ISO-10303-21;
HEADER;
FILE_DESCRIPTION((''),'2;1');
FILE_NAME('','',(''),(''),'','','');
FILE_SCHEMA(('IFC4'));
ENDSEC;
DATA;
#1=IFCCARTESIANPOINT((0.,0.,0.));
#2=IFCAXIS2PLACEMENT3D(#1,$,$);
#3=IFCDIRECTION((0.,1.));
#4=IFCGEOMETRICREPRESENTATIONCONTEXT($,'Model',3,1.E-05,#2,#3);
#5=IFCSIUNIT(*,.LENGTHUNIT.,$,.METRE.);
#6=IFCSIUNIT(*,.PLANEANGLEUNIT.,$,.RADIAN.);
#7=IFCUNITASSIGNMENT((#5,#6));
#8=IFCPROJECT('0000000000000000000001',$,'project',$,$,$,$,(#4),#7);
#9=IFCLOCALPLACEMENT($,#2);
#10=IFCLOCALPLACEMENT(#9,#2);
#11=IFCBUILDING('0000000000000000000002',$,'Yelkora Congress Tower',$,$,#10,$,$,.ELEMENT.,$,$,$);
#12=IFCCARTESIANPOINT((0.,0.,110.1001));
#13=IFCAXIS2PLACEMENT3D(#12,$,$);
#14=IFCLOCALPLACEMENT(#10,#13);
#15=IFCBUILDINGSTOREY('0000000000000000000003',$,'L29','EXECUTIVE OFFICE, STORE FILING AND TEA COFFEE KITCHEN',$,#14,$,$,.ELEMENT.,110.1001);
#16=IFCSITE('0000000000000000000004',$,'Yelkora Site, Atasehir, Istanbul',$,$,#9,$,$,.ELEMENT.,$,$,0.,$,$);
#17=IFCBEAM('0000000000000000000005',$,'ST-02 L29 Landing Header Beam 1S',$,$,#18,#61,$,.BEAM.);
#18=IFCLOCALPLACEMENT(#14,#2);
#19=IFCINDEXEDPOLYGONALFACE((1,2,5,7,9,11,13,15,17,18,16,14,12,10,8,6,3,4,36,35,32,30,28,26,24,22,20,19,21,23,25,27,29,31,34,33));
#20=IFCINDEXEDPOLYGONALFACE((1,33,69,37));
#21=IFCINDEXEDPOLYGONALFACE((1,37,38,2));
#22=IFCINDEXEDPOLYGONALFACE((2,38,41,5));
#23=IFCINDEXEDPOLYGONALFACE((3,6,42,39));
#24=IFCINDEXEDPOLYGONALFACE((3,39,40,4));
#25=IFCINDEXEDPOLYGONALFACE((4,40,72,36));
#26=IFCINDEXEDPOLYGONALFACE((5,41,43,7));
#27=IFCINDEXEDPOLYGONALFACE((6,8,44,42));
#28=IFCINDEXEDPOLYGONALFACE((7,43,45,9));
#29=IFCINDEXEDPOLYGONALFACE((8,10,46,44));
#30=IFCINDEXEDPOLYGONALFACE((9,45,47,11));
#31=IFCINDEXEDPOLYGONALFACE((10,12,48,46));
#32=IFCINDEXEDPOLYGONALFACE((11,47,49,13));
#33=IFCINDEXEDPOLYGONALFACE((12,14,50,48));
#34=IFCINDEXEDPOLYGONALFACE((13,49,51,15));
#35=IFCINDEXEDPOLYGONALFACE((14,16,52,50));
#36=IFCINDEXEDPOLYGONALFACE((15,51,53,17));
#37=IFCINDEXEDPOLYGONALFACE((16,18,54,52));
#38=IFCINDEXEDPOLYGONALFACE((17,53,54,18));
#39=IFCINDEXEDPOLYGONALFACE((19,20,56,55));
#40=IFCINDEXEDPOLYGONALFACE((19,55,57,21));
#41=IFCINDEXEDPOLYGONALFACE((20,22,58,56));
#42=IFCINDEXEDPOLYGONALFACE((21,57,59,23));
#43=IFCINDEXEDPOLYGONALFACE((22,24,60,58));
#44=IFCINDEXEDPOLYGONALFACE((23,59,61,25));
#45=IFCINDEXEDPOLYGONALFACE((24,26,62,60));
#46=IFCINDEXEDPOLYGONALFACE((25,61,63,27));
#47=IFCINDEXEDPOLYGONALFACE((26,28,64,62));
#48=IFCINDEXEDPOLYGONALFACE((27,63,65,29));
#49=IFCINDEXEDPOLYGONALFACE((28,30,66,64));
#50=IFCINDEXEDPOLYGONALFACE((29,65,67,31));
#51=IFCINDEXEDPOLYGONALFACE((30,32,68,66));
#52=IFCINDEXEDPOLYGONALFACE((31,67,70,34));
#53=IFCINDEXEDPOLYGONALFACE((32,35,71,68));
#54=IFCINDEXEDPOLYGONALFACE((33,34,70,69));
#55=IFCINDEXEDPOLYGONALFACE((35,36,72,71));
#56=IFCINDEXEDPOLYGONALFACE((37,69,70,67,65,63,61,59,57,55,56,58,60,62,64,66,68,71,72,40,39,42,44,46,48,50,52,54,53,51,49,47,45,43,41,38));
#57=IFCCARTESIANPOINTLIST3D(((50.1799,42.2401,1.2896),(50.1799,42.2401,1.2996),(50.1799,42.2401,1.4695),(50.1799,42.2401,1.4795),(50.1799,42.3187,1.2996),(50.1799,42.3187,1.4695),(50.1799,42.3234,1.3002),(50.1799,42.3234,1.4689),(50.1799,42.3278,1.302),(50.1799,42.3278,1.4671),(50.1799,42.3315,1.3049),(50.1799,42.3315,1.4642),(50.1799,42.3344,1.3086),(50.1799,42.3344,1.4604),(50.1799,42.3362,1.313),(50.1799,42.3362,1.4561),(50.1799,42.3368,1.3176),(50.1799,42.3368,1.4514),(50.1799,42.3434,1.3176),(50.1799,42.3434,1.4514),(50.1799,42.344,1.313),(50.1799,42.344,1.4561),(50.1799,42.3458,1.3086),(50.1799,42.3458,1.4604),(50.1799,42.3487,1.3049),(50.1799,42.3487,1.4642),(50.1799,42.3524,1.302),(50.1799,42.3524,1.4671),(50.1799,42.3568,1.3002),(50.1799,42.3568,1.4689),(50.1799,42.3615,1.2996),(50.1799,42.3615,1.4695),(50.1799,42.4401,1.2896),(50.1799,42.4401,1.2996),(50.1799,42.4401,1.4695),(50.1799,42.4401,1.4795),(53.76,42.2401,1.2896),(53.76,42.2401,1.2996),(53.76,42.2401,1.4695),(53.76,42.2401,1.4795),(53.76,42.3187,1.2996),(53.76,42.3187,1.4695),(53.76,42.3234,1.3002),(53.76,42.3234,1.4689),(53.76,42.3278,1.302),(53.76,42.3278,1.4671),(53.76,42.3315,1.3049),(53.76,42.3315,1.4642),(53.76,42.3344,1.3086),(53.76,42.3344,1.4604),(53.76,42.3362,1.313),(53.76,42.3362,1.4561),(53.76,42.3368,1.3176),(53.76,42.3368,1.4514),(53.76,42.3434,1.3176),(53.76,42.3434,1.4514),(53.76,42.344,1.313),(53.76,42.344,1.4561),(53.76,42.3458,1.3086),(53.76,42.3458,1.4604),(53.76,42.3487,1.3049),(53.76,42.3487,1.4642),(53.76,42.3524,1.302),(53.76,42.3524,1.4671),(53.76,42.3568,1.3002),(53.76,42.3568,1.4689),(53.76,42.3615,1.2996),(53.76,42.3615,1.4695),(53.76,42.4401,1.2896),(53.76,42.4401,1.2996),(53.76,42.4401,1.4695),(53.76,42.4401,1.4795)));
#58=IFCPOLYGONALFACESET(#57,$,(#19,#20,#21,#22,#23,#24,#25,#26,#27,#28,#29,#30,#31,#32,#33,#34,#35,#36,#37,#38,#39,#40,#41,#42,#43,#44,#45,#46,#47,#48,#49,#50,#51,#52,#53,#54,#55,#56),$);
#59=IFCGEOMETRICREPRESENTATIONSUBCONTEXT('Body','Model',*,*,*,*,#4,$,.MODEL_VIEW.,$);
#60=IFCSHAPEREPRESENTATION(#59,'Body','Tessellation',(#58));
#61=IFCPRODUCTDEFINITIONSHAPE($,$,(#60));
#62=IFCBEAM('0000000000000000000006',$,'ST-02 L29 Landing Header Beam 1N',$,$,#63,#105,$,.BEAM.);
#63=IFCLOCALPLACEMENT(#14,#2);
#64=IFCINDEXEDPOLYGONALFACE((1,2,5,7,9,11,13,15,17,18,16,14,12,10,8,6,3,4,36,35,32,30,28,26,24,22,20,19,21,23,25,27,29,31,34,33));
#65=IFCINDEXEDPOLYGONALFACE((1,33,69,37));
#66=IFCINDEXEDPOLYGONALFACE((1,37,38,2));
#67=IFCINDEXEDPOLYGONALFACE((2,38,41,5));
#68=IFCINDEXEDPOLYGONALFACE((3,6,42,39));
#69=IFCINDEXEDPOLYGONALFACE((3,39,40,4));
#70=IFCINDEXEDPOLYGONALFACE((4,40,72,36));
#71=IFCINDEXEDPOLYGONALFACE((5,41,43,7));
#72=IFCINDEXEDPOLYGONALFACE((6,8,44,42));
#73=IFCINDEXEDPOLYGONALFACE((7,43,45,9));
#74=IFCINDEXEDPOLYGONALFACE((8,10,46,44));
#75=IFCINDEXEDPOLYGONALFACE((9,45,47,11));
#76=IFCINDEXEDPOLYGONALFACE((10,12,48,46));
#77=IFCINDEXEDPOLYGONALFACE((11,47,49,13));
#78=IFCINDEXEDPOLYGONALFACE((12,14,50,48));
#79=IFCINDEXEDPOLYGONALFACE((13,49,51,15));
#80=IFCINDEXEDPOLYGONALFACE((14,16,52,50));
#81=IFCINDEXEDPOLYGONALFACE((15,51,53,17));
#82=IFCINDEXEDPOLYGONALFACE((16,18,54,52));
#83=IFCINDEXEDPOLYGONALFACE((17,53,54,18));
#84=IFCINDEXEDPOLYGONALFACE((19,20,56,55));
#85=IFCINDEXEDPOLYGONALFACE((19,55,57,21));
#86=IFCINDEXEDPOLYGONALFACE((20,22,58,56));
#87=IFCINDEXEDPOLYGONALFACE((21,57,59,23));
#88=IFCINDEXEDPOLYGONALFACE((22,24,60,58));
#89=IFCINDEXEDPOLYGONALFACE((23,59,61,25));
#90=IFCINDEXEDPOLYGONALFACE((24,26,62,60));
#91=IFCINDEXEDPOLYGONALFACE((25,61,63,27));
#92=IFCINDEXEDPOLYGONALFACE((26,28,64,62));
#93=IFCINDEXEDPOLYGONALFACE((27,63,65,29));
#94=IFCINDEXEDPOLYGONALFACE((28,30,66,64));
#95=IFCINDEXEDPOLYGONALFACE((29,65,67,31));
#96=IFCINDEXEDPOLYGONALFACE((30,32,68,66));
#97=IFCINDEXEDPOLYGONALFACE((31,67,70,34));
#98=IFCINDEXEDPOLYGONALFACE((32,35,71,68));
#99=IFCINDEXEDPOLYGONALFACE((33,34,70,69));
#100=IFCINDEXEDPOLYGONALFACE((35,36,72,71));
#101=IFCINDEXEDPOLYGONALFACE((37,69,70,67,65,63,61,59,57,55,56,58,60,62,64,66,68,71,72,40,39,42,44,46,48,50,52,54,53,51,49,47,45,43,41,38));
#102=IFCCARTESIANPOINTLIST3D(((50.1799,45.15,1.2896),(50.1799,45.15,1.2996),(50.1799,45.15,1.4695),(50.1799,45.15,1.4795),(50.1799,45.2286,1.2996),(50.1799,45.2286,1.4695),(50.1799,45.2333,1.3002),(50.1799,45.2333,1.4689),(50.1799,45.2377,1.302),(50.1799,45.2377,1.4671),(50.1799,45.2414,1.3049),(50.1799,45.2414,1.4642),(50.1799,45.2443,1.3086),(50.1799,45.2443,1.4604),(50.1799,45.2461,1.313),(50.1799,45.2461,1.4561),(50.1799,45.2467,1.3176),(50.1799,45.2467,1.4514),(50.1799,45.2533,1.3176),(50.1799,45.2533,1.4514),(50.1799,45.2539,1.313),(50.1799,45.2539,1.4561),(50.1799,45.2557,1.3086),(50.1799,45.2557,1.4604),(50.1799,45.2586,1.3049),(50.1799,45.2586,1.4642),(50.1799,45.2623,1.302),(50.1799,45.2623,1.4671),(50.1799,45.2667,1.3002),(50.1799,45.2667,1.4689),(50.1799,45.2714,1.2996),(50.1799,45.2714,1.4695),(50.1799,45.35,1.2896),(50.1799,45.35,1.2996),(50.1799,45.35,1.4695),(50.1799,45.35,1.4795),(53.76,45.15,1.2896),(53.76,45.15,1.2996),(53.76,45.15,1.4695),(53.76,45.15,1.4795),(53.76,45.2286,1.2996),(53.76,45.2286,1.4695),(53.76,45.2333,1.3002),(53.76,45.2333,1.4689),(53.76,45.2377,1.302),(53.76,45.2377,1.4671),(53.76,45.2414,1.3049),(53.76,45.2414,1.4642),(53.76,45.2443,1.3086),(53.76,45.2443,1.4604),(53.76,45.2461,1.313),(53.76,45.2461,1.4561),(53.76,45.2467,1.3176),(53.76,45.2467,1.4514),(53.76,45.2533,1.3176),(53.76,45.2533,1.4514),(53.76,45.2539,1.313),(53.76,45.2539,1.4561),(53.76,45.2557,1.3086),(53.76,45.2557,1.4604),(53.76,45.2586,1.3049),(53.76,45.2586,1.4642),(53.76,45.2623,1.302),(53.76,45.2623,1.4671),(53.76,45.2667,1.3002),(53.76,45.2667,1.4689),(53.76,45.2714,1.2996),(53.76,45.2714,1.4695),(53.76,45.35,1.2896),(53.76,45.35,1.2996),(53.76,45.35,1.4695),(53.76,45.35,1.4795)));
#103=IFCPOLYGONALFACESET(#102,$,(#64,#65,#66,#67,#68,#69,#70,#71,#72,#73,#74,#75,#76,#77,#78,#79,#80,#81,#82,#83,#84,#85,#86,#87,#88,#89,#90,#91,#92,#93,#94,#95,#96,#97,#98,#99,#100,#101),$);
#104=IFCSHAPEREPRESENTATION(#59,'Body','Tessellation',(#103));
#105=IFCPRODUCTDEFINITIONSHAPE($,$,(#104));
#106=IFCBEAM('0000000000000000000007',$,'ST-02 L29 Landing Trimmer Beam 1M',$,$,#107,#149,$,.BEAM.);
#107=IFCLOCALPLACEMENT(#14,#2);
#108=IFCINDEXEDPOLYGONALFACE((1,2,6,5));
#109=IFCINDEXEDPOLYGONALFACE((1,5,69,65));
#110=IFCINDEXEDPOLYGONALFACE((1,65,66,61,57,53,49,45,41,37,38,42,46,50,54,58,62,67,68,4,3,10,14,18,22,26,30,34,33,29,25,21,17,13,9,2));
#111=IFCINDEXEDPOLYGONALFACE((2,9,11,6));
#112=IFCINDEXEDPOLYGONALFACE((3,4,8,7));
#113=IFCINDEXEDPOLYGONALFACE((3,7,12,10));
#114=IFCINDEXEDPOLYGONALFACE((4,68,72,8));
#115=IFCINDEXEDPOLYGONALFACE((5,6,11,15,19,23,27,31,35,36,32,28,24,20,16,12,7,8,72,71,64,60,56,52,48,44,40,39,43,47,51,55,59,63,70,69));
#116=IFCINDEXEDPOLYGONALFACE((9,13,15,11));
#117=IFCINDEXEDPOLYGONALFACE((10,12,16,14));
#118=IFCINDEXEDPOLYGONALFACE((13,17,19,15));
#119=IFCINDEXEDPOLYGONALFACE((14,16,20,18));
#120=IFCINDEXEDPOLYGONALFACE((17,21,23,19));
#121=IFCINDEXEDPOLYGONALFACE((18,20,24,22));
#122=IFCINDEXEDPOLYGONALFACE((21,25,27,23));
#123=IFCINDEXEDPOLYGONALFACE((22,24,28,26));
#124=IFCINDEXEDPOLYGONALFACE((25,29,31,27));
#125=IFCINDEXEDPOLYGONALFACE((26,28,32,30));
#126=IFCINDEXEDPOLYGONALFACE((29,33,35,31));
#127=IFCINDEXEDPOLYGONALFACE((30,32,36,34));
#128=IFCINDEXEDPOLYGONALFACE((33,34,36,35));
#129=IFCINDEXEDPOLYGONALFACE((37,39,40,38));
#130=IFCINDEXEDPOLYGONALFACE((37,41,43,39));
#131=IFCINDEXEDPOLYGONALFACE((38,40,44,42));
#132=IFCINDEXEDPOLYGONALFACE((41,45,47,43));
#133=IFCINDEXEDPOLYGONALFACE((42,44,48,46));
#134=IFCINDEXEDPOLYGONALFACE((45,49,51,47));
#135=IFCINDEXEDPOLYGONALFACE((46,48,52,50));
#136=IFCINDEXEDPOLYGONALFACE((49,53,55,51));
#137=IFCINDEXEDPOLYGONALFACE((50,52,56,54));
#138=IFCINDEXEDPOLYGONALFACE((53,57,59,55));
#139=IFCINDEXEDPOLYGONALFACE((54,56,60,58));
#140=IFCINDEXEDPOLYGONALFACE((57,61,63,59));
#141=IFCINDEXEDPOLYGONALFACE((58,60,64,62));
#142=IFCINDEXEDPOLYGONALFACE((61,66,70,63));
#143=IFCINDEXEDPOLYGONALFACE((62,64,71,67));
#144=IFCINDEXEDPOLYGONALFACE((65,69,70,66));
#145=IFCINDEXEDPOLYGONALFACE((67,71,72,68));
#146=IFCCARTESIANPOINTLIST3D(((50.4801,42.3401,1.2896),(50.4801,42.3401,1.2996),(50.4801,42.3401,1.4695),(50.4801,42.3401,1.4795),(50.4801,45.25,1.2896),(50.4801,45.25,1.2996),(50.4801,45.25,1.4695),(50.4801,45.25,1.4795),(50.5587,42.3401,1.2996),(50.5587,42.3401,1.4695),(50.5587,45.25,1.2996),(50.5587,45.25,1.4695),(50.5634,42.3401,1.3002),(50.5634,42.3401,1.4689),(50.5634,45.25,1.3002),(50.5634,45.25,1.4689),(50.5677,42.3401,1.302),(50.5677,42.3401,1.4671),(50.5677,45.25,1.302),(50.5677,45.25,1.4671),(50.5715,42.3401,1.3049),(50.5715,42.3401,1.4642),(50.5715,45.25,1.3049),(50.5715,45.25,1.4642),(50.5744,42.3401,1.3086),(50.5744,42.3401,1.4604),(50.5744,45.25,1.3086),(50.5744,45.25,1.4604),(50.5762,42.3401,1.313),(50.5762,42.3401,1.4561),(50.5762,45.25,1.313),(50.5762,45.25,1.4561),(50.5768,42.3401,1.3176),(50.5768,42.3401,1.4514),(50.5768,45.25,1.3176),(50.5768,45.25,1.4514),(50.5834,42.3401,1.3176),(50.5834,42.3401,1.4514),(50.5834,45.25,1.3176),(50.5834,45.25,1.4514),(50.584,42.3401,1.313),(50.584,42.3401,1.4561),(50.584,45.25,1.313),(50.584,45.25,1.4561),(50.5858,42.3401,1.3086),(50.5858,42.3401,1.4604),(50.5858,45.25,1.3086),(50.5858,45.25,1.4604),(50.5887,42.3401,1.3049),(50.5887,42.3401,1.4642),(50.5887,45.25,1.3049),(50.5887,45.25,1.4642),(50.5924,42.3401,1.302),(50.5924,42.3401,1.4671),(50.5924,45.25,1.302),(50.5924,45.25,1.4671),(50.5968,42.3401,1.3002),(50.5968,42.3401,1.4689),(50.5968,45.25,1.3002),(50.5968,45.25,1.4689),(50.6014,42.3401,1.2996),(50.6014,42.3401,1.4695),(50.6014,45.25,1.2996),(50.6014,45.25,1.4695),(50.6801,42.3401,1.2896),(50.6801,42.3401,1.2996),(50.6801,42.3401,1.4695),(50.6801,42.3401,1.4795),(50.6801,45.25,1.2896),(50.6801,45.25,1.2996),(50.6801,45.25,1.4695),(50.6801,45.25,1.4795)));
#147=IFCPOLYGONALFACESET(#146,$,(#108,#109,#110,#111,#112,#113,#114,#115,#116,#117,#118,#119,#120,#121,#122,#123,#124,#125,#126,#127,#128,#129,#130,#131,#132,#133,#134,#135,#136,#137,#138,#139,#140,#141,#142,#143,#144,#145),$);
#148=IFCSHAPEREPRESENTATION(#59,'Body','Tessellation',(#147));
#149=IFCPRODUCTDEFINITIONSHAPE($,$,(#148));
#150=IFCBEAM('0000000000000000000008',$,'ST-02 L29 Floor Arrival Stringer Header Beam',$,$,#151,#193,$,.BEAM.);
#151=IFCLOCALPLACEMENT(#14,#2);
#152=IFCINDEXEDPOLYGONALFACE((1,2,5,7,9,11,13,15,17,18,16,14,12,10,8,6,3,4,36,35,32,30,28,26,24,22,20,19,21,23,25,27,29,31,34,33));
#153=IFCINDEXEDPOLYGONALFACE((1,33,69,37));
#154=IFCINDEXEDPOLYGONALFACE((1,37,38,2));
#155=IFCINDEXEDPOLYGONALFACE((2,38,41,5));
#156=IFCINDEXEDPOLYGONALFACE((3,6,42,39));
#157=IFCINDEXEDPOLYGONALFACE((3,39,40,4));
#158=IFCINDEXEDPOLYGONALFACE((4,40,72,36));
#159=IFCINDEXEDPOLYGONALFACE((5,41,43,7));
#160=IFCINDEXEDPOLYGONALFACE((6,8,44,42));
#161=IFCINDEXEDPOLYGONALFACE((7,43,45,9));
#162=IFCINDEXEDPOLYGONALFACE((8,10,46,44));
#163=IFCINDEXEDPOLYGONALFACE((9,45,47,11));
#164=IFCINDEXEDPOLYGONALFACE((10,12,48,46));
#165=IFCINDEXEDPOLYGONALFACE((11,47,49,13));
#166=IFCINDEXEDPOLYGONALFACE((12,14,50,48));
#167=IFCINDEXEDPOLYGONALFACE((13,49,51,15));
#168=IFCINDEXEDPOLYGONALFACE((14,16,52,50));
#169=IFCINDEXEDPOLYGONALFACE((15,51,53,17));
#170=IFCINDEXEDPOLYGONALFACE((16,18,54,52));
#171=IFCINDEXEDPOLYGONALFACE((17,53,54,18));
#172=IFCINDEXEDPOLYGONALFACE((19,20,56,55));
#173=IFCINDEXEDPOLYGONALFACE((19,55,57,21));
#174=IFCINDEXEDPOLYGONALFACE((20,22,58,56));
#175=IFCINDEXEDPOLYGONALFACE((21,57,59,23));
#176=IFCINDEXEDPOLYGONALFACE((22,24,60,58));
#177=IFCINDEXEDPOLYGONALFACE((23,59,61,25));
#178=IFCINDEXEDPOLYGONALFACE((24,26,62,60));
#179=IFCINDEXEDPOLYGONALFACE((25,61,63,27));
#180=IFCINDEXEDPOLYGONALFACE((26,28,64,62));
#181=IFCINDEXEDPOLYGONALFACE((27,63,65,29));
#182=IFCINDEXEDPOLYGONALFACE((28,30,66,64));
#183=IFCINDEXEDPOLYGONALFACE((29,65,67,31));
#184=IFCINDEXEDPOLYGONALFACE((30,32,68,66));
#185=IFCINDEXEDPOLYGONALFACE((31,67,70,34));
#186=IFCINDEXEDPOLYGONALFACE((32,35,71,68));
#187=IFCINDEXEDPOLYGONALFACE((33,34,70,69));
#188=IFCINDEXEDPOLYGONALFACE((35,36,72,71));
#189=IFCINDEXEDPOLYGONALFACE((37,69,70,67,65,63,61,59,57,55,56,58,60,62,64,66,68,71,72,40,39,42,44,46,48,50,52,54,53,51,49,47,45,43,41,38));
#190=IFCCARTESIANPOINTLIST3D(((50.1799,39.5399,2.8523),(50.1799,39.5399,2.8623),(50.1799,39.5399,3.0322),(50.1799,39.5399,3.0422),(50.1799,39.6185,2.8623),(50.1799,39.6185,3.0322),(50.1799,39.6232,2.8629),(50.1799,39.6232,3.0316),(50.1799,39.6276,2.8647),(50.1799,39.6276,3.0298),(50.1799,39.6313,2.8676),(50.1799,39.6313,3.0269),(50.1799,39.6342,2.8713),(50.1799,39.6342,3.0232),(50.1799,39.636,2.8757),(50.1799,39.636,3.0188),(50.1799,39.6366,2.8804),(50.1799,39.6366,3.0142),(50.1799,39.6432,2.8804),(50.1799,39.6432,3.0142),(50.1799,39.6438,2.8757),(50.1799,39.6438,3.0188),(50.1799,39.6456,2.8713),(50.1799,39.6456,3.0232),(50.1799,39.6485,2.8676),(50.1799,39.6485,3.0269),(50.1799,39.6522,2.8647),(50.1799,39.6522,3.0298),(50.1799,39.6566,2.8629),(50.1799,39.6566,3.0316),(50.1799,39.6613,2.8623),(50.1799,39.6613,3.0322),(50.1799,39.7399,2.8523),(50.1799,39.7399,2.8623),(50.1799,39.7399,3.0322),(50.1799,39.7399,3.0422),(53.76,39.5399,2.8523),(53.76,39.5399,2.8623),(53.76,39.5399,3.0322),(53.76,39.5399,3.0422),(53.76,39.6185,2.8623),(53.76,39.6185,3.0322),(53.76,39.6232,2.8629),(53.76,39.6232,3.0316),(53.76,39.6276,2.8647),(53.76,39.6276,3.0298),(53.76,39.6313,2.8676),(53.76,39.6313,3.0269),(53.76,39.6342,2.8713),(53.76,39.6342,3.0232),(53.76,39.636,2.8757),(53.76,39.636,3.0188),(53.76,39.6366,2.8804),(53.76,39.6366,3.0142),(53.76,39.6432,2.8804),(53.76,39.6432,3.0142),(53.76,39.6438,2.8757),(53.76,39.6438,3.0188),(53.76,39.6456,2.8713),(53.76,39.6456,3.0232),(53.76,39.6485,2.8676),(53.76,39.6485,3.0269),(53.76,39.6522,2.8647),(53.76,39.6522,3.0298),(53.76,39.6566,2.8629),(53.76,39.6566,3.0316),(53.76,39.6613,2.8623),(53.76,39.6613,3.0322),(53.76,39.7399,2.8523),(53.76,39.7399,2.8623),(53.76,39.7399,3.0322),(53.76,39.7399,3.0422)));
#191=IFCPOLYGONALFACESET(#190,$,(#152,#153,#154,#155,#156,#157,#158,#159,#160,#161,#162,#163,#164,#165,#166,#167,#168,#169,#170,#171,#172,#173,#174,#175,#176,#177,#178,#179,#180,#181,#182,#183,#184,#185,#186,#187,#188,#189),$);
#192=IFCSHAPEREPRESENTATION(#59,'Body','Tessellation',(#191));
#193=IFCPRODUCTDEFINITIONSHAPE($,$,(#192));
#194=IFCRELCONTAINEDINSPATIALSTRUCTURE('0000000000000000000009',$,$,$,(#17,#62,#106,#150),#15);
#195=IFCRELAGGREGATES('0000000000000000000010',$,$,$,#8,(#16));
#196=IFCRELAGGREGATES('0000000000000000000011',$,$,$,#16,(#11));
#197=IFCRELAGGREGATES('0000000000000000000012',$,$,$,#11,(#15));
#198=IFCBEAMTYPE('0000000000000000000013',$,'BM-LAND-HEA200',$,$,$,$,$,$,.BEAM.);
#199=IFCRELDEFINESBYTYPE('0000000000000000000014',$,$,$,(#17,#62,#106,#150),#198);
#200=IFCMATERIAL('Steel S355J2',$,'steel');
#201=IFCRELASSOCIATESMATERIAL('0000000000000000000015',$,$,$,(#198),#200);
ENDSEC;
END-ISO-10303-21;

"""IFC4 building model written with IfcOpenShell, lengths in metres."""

from ifc_helpers import new_model, si_unit, direction, frame, origin, origin_2d, place, context, subcontext, project, spatial, i_section, extrude, material, material_profile, profile_set, type_object, element, save


model = new_model("IFC4")

# Units and contexts
model_context = context("Model", 3, precision=1e-05, world=origin(), true_north=direction((0.0, 1.0)))
body_context = subcontext(model_context, "Body", "Model", "MODEL_VIEW")
ifc_project = project(units=[si_unit("LENGTHUNIT", "METRE"), si_unit("PLANEANGLEUNIT", "RADIAN")], contexts=[model_context])

# Site, building, storey
site_placement = place(None, origin())
site = spatial("IfcSite", under=ifc_project, at=site_placement, Name="Yelkora Site, Atasehir, Istanbul", CompositionType="ELEMENT", RefElevation=0.0)
building_placement = place(site_placement, origin())
building = spatial("IfcBuilding", under=site, at=building_placement, Name="Yelkora Congress Tower", CompositionType="ELEMENT")
storey_placement = place(building_placement, frame((0.0, 0.0, 110.1001)))
storey = spatial("IfcBuildingStorey", under=building, at=storey_placement, Name="L29", Description="EXECUTIVE OFFICE, STORE FILING AND TEA COFFEE KITCHEN", CompositionType="ELEMENT", Elevation=110.1001)

# Beams
ifc_material_1 = material(Name="Steel S355J2", Category="steel")
ifc_material_profile_1 = material_profile(ifc_material_1, i_section(OverallWidth=0.2, OverallDepth=0.1899, WebThickness=0.0066, FlangeThickness=0.01, FilletRadius=0.0181, at=origin_2d()), Name="HEA 200")
ifc_profile_set_1 = profile_set([ifc_material_profile_1], Name="Steel S355J2")
beam_type_1 = type_object("IfcBeamType", Name="BM-LAND-HEA200", PredefinedType="BEAM", material=ifc_profile_set_1)
for number, where, z_axis, x_axis, name in (
    (1, (50.1799, 42.3401, 1.3845), (1.0, 0.0, 0.0), (0.0, 1.0, 0.0), "ST-02 L29 Landing Header Beam 1S"),
    (2, (50.1799, 45.25, 1.3845), (1.0, 0.0, 0.0), (0.0, 1.0, 0.0), "ST-02 L29 Landing Header Beam 1N"),
):
    element("IfcBeam", number, at=place(storey_placement, frame(where, z_axis=z_axis, x_axis=x_axis)), inside=storey, type_object=beam_type_1, Name=name, PredefinedType="BEAM", context=body_context, shape_type="SweptSolid", body=[
        extrude(i_section(OverallWidth=0.2, OverallDepth=0.1899, WebThickness=0.0066, FlangeThickness=0.01, FilletRadius=0.0181, at=origin_2d()), origin(), (0.0, 0.0, 1.0), 3.5801),
    ])
beam_1_placement = place(storey_placement, frame((50.5801, 42.3401, 1.3845), z_axis=(0.0, 1.0, 0.0), x_axis=(-1.0, 0.0, 0.0)))
element("IfcBeam", 3, at=beam_1_placement, inside=storey, type_object=beam_type_1, Name="ST-02 L29 Landing Trimmer Beam 1M", PredefinedType="BEAM", context=body_context, shape_type="SweptSolid", body=[
    extrude(i_section(OverallWidth=0.2, OverallDepth=0.1899, WebThickness=0.0066, FlangeThickness=0.01, FilletRadius=0.0181, at=origin_2d()), origin(), (0.0, 0.0, 1.0), 2.9099),
])
beam_2_placement = place(storey_placement, frame((50.1799, 39.6399, 2.9473), z_axis=(1.0, 0.0, 0.0), x_axis=(0.0, 1.0, 0.0)))
element("IfcBeam", 4, at=beam_2_placement, inside=storey, type_object=beam_type_1, Name="ST-02 L29 Floor Arrival Stringer Header Beam", PredefinedType="BEAM", context=body_context, shape_type="SweptSolid", body=[
    extrude(i_section(OverallWidth=0.2, OverallDepth=0.1899, WebThickness=0.0066, FlangeThickness=0.01, FilletRadius=0.0181, at=origin_2d()), origin(), (0.0, 0.0, 1.0), 3.5801),
])

save(model, "model.ifc")
